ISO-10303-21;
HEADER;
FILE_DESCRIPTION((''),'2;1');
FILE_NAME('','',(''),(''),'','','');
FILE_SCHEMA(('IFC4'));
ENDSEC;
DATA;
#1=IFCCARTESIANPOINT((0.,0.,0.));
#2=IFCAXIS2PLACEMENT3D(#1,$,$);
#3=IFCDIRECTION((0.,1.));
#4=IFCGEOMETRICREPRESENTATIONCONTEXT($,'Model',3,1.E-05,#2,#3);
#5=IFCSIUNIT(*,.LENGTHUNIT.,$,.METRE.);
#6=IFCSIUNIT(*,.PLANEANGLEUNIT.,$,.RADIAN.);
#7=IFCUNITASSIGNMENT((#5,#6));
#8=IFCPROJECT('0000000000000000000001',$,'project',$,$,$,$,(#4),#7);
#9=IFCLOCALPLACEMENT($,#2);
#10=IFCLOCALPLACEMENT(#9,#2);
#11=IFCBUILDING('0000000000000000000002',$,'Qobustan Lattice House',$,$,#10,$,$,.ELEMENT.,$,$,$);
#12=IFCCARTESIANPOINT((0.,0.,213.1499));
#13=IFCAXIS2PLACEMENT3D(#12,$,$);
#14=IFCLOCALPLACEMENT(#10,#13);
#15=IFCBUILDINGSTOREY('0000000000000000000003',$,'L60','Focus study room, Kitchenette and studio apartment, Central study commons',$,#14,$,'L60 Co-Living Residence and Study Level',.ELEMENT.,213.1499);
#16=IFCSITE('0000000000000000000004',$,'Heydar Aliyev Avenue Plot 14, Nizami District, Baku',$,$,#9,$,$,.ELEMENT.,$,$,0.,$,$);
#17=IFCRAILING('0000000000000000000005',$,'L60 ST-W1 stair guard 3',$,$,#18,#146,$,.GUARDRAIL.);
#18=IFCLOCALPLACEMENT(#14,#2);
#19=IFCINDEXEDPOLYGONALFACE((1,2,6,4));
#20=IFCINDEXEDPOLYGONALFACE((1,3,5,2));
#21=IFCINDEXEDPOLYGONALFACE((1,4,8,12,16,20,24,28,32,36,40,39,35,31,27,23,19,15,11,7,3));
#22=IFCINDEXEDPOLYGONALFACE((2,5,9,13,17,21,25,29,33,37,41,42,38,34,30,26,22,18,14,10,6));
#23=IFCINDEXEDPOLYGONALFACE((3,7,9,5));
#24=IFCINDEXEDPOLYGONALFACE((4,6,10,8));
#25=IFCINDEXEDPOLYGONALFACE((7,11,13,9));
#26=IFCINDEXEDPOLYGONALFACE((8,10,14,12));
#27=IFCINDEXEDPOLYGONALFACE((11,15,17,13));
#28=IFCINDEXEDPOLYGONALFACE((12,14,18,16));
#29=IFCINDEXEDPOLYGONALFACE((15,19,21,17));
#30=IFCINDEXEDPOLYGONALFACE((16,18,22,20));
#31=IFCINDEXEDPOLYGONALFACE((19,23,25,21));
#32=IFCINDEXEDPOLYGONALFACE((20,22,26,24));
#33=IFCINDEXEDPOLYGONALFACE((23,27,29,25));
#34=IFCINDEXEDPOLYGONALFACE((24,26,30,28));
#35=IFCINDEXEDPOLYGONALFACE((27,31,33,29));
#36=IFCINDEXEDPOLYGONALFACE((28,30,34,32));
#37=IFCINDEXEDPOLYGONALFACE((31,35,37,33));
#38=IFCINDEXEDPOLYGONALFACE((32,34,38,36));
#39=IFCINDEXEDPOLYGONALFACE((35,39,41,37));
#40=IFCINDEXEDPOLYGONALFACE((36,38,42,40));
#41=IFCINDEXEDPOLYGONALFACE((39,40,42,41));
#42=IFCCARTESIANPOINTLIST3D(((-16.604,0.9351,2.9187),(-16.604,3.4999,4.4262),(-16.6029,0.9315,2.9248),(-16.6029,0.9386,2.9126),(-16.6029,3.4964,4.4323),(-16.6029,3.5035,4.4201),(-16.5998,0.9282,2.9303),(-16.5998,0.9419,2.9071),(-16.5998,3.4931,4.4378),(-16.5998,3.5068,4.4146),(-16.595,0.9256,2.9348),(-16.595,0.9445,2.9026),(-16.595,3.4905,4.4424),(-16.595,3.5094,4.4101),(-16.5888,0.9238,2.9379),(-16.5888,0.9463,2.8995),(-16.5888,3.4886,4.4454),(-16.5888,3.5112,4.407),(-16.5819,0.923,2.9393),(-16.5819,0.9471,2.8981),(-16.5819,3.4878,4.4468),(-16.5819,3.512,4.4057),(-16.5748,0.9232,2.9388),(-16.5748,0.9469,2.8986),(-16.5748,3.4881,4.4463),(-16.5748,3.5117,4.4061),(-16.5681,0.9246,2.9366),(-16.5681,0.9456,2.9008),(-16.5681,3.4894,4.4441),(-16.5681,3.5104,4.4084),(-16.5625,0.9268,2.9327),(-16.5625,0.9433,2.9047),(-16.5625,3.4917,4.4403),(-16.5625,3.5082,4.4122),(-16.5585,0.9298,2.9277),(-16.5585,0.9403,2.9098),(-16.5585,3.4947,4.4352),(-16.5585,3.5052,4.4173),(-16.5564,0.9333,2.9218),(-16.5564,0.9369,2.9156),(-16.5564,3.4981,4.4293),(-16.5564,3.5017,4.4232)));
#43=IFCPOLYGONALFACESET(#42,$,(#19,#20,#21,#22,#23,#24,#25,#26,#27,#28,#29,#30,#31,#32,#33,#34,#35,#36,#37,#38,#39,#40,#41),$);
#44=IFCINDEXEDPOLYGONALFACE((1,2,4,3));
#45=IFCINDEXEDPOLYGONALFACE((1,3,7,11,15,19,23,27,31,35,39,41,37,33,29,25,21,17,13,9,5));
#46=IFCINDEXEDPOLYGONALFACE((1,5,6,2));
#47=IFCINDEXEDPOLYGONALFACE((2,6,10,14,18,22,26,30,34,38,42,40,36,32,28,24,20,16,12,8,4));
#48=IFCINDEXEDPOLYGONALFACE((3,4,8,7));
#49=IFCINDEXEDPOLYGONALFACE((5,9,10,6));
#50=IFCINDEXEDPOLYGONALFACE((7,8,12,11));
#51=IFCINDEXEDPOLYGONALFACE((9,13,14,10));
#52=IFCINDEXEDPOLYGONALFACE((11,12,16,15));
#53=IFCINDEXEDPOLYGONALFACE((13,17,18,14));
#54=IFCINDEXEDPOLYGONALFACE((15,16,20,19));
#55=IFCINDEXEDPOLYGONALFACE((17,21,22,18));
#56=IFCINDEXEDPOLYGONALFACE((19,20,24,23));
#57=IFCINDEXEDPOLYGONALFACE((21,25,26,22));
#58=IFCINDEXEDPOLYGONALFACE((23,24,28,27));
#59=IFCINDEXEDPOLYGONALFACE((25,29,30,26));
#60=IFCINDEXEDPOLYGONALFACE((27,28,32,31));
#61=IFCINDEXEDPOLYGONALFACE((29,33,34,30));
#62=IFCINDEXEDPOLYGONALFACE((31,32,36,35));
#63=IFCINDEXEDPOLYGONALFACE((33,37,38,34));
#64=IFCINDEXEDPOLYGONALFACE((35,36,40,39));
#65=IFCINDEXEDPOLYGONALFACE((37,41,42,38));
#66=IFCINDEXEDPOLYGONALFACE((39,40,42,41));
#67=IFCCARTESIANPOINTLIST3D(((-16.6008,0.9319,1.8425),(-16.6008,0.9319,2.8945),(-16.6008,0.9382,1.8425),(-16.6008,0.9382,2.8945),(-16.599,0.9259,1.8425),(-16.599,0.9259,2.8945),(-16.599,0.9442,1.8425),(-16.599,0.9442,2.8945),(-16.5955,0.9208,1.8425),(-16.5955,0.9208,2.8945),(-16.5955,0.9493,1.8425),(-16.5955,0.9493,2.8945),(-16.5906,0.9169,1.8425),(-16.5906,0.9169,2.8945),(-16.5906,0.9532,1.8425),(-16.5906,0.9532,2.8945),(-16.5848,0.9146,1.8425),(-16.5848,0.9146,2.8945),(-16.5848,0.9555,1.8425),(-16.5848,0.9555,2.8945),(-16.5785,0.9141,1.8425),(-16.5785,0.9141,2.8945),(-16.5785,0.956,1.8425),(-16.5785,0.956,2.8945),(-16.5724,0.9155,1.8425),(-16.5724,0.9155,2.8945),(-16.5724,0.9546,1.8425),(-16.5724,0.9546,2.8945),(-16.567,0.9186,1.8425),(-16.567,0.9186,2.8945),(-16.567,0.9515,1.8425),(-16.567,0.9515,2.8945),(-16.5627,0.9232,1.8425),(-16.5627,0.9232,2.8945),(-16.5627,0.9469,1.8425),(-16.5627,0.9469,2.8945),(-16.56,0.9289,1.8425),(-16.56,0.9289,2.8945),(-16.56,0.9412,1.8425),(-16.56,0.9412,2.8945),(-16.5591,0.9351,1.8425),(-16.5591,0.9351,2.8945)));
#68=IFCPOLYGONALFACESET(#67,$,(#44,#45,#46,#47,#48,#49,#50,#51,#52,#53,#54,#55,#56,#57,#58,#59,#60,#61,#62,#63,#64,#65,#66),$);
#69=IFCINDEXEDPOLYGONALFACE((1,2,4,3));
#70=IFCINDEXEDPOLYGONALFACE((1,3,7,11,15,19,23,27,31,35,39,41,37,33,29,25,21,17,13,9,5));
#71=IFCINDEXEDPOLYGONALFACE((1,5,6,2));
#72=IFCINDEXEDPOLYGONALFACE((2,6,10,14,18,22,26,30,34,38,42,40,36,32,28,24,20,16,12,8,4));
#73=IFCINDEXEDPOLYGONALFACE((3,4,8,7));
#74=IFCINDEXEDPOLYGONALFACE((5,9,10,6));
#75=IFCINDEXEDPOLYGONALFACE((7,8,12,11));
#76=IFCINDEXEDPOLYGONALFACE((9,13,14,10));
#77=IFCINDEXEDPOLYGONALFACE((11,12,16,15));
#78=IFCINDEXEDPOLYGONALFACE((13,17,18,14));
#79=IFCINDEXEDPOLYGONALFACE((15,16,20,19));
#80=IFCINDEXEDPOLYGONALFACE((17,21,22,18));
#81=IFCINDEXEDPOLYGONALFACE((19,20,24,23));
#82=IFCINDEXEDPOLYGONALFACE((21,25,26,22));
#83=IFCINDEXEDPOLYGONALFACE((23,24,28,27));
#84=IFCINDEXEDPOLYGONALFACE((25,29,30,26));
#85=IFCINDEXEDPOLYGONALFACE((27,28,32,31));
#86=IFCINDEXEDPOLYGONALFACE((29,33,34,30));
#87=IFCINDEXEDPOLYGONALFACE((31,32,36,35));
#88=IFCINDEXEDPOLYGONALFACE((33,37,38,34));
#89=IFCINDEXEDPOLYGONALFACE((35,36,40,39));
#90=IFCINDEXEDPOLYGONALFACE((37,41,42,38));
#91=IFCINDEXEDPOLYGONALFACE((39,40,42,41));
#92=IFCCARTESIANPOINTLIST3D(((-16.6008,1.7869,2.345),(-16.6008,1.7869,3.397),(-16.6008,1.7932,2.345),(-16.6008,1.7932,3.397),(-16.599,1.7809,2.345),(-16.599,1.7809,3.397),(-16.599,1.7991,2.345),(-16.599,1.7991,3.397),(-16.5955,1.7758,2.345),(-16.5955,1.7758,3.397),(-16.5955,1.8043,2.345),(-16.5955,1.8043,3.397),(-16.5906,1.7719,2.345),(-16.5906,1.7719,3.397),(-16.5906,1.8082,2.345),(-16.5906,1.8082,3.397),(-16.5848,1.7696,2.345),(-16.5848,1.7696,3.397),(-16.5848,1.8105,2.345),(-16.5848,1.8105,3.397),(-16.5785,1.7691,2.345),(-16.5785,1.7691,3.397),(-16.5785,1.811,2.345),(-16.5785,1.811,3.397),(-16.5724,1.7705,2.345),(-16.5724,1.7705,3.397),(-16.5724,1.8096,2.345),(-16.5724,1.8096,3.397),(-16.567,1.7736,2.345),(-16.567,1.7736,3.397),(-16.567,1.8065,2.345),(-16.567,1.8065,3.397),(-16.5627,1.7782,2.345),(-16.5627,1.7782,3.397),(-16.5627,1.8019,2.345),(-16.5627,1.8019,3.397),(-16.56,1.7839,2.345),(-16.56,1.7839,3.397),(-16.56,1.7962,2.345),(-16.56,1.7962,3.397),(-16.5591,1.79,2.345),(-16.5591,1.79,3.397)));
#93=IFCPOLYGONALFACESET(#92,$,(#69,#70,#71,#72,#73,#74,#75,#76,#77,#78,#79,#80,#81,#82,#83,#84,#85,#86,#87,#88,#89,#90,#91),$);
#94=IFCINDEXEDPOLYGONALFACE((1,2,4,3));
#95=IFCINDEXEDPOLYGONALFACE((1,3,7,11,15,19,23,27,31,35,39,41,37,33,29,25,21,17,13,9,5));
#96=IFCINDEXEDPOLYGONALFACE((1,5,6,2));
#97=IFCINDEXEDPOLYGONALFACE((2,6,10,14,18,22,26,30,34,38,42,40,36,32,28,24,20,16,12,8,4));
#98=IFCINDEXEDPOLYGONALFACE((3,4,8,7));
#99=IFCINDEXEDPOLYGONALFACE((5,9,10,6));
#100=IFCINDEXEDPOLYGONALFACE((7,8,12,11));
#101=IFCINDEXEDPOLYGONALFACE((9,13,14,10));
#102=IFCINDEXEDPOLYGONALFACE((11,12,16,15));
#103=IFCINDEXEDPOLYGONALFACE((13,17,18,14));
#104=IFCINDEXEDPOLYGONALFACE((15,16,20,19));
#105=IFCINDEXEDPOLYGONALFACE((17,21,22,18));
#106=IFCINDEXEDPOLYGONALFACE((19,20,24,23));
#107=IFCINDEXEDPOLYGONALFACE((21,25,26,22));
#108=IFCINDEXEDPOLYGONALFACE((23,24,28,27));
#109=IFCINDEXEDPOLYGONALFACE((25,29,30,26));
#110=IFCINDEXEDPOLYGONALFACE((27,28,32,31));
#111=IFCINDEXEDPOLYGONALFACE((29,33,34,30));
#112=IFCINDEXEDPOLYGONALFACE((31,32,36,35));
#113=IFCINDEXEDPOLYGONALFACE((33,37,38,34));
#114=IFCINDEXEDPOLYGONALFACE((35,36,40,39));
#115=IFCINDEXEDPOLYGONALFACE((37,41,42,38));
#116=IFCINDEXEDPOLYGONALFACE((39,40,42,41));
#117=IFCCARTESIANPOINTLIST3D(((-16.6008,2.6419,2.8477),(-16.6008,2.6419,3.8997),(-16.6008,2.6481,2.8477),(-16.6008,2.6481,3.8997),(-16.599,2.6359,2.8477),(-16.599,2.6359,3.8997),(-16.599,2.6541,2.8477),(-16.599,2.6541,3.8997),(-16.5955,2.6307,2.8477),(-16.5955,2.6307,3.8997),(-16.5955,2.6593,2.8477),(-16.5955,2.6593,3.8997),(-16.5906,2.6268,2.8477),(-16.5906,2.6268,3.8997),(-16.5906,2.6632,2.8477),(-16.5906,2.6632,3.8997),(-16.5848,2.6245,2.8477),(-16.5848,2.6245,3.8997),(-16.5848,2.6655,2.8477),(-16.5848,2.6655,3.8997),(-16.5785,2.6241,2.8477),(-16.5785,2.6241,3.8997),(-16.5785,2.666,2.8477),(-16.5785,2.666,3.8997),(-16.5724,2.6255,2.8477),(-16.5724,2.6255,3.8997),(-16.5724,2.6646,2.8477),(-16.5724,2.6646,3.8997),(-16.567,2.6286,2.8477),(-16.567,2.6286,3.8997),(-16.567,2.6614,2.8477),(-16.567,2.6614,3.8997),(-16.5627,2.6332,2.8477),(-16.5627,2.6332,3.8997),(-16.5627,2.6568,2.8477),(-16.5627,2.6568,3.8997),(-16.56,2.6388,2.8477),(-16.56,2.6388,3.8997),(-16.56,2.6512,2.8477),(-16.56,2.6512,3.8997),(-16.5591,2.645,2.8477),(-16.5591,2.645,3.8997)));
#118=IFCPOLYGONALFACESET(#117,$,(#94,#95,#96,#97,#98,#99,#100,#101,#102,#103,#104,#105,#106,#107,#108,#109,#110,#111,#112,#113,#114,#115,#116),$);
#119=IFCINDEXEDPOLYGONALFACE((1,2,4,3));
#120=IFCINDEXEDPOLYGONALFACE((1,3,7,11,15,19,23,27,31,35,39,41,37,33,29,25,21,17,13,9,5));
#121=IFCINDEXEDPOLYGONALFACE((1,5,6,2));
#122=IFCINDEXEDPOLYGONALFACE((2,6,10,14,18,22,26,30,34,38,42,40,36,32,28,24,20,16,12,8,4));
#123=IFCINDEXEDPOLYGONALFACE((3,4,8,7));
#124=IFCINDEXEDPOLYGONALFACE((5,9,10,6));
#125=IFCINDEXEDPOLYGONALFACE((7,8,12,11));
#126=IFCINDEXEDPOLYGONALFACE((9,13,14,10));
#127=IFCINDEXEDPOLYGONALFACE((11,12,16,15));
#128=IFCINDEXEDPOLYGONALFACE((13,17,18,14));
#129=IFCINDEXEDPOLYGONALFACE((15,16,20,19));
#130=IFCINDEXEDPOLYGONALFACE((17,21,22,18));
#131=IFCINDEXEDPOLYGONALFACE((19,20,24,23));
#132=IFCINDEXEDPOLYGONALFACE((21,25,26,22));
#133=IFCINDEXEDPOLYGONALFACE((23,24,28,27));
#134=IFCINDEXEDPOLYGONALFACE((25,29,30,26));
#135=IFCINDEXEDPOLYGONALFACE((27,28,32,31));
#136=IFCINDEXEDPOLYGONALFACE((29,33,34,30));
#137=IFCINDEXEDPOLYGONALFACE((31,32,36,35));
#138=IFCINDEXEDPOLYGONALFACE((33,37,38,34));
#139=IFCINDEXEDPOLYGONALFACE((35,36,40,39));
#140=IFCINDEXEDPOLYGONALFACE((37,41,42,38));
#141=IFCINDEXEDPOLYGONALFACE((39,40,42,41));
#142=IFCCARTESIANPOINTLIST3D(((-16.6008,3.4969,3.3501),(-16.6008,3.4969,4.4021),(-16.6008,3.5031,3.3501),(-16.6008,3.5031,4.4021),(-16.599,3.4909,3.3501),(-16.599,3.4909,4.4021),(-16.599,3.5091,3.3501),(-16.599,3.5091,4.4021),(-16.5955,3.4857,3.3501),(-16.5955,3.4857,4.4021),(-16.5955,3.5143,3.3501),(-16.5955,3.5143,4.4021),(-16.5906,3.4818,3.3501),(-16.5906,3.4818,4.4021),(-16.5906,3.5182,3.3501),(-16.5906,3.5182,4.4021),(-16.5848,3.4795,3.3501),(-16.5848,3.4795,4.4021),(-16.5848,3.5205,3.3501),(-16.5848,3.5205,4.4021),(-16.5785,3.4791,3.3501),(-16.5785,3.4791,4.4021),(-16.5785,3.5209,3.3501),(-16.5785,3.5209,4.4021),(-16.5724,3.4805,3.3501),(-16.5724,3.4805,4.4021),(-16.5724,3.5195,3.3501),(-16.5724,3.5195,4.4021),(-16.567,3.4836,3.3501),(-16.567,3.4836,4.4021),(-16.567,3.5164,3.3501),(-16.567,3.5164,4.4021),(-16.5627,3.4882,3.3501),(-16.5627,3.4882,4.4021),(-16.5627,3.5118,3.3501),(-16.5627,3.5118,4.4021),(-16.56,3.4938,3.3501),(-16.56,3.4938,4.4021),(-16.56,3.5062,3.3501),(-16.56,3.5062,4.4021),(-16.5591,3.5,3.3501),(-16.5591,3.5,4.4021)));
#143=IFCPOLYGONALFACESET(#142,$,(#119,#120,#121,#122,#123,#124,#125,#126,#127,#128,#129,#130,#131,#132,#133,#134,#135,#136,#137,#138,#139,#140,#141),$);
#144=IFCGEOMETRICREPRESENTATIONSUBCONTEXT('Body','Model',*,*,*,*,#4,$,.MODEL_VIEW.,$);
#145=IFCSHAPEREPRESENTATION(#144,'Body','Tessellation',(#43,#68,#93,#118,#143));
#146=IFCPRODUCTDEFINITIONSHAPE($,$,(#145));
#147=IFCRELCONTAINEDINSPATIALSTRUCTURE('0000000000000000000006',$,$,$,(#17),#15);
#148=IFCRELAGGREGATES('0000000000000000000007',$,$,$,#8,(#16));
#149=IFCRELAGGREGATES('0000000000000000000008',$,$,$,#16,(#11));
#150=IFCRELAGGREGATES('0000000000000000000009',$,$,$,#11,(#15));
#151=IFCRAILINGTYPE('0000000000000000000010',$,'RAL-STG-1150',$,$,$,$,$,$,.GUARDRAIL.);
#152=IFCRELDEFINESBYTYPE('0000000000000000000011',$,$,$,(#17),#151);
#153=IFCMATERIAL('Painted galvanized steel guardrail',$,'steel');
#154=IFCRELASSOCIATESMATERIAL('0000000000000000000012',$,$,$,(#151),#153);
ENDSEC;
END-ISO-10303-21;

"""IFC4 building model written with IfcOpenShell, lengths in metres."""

from ifc_helpers import new_model, si_unit, direction, frame, origin, origin_2d, place, context, subcontext, project, spatial, circle, extrude, material, type_object, element, save


model = new_model("IFC4")

# Units and contexts
model_context = context("Model", 3, precision=1e-05, world=origin(), true_north=direction((0.0, 1.0)))
body_context = subcontext(model_context, "Body", "Model", "MODEL_VIEW")
ifc_project = project(units=[si_unit("LENGTHUNIT", "METRE"), si_unit("PLANEANGLEUNIT", "RADIAN")], contexts=[model_context])

# Site, building, storey
site_placement = place(None, origin())
site = spatial("IfcSite", under=ifc_project, at=site_placement, Name="Heydar Aliyev Avenue Plot 14, Nizami District, Baku", CompositionType="ELEMENT", RefElevation=0.0)
building_placement = place(site_placement, origin())
building = spatial("IfcBuilding", under=site, at=building_placement, Name="Qobustan Lattice House", CompositionType="ELEMENT")
storey_placement = place(building_placement, frame((0.0, 0.0, 213.1499)))
storey = spatial("IfcBuildingStorey", under=building, at=storey_placement, Name="L60", Description="Focus study room, Kitchenette and studio apartment, Central study commons", LongName="L60 Co-Living Residence and Study Level", CompositionType="ELEMENT", Elevation=213.1499)

# Railing
ifc_material_1 = material(Name="Painted galvanized steel guardrail", Category="steel")
railing_type_1 = type_object("IfcRailingType", Name="RAL-STG-1150", PredefinedType="GUARDRAIL", material=ifc_material_1)
railing_1_placement = place(storey_placement, frame((-16.5801, 0.9351, 1.8425)))
element("IfcRailing", 1, at=railing_1_placement, inside=storey, type_object=railing_type_1, Name="L60 ST-W1 stair guard 3", PredefinedType="GUARDRAIL", context=body_context, shape_type="SweptSolid", body=[
    extrude(circle(Radius=0.0239, at=origin_2d()), frame((0.0, 0.0, 1.0762), z_axis=(0.0, 0.862113, 0.506715), x_axis=(-1.0, 0.0, 0.0)), (0.0, 0.0, 1.0), 2.9751),
    extrude(circle(Radius=0.021, at=origin_2d()), origin(), (0.0, 0.0, 1.0), 1.052),
    extrude(circle(Radius=0.021, at=origin_2d()), frame((0.0, 0.855, 0.5024)), (0.0, 0.0, 1.0), 1.052),
    extrude(circle(Radius=0.021, at=origin_2d()), frame((0.0, 1.71, 1.0051)), (0.0, 0.0, 1.0), 1.052),
    extrude(circle(Radius=0.021, at=origin_2d()), frame((0.0, 2.5649, 1.5076)), (0.0, 0.0, 1.0), 1.052),
])

save(model, "model.ifc")
